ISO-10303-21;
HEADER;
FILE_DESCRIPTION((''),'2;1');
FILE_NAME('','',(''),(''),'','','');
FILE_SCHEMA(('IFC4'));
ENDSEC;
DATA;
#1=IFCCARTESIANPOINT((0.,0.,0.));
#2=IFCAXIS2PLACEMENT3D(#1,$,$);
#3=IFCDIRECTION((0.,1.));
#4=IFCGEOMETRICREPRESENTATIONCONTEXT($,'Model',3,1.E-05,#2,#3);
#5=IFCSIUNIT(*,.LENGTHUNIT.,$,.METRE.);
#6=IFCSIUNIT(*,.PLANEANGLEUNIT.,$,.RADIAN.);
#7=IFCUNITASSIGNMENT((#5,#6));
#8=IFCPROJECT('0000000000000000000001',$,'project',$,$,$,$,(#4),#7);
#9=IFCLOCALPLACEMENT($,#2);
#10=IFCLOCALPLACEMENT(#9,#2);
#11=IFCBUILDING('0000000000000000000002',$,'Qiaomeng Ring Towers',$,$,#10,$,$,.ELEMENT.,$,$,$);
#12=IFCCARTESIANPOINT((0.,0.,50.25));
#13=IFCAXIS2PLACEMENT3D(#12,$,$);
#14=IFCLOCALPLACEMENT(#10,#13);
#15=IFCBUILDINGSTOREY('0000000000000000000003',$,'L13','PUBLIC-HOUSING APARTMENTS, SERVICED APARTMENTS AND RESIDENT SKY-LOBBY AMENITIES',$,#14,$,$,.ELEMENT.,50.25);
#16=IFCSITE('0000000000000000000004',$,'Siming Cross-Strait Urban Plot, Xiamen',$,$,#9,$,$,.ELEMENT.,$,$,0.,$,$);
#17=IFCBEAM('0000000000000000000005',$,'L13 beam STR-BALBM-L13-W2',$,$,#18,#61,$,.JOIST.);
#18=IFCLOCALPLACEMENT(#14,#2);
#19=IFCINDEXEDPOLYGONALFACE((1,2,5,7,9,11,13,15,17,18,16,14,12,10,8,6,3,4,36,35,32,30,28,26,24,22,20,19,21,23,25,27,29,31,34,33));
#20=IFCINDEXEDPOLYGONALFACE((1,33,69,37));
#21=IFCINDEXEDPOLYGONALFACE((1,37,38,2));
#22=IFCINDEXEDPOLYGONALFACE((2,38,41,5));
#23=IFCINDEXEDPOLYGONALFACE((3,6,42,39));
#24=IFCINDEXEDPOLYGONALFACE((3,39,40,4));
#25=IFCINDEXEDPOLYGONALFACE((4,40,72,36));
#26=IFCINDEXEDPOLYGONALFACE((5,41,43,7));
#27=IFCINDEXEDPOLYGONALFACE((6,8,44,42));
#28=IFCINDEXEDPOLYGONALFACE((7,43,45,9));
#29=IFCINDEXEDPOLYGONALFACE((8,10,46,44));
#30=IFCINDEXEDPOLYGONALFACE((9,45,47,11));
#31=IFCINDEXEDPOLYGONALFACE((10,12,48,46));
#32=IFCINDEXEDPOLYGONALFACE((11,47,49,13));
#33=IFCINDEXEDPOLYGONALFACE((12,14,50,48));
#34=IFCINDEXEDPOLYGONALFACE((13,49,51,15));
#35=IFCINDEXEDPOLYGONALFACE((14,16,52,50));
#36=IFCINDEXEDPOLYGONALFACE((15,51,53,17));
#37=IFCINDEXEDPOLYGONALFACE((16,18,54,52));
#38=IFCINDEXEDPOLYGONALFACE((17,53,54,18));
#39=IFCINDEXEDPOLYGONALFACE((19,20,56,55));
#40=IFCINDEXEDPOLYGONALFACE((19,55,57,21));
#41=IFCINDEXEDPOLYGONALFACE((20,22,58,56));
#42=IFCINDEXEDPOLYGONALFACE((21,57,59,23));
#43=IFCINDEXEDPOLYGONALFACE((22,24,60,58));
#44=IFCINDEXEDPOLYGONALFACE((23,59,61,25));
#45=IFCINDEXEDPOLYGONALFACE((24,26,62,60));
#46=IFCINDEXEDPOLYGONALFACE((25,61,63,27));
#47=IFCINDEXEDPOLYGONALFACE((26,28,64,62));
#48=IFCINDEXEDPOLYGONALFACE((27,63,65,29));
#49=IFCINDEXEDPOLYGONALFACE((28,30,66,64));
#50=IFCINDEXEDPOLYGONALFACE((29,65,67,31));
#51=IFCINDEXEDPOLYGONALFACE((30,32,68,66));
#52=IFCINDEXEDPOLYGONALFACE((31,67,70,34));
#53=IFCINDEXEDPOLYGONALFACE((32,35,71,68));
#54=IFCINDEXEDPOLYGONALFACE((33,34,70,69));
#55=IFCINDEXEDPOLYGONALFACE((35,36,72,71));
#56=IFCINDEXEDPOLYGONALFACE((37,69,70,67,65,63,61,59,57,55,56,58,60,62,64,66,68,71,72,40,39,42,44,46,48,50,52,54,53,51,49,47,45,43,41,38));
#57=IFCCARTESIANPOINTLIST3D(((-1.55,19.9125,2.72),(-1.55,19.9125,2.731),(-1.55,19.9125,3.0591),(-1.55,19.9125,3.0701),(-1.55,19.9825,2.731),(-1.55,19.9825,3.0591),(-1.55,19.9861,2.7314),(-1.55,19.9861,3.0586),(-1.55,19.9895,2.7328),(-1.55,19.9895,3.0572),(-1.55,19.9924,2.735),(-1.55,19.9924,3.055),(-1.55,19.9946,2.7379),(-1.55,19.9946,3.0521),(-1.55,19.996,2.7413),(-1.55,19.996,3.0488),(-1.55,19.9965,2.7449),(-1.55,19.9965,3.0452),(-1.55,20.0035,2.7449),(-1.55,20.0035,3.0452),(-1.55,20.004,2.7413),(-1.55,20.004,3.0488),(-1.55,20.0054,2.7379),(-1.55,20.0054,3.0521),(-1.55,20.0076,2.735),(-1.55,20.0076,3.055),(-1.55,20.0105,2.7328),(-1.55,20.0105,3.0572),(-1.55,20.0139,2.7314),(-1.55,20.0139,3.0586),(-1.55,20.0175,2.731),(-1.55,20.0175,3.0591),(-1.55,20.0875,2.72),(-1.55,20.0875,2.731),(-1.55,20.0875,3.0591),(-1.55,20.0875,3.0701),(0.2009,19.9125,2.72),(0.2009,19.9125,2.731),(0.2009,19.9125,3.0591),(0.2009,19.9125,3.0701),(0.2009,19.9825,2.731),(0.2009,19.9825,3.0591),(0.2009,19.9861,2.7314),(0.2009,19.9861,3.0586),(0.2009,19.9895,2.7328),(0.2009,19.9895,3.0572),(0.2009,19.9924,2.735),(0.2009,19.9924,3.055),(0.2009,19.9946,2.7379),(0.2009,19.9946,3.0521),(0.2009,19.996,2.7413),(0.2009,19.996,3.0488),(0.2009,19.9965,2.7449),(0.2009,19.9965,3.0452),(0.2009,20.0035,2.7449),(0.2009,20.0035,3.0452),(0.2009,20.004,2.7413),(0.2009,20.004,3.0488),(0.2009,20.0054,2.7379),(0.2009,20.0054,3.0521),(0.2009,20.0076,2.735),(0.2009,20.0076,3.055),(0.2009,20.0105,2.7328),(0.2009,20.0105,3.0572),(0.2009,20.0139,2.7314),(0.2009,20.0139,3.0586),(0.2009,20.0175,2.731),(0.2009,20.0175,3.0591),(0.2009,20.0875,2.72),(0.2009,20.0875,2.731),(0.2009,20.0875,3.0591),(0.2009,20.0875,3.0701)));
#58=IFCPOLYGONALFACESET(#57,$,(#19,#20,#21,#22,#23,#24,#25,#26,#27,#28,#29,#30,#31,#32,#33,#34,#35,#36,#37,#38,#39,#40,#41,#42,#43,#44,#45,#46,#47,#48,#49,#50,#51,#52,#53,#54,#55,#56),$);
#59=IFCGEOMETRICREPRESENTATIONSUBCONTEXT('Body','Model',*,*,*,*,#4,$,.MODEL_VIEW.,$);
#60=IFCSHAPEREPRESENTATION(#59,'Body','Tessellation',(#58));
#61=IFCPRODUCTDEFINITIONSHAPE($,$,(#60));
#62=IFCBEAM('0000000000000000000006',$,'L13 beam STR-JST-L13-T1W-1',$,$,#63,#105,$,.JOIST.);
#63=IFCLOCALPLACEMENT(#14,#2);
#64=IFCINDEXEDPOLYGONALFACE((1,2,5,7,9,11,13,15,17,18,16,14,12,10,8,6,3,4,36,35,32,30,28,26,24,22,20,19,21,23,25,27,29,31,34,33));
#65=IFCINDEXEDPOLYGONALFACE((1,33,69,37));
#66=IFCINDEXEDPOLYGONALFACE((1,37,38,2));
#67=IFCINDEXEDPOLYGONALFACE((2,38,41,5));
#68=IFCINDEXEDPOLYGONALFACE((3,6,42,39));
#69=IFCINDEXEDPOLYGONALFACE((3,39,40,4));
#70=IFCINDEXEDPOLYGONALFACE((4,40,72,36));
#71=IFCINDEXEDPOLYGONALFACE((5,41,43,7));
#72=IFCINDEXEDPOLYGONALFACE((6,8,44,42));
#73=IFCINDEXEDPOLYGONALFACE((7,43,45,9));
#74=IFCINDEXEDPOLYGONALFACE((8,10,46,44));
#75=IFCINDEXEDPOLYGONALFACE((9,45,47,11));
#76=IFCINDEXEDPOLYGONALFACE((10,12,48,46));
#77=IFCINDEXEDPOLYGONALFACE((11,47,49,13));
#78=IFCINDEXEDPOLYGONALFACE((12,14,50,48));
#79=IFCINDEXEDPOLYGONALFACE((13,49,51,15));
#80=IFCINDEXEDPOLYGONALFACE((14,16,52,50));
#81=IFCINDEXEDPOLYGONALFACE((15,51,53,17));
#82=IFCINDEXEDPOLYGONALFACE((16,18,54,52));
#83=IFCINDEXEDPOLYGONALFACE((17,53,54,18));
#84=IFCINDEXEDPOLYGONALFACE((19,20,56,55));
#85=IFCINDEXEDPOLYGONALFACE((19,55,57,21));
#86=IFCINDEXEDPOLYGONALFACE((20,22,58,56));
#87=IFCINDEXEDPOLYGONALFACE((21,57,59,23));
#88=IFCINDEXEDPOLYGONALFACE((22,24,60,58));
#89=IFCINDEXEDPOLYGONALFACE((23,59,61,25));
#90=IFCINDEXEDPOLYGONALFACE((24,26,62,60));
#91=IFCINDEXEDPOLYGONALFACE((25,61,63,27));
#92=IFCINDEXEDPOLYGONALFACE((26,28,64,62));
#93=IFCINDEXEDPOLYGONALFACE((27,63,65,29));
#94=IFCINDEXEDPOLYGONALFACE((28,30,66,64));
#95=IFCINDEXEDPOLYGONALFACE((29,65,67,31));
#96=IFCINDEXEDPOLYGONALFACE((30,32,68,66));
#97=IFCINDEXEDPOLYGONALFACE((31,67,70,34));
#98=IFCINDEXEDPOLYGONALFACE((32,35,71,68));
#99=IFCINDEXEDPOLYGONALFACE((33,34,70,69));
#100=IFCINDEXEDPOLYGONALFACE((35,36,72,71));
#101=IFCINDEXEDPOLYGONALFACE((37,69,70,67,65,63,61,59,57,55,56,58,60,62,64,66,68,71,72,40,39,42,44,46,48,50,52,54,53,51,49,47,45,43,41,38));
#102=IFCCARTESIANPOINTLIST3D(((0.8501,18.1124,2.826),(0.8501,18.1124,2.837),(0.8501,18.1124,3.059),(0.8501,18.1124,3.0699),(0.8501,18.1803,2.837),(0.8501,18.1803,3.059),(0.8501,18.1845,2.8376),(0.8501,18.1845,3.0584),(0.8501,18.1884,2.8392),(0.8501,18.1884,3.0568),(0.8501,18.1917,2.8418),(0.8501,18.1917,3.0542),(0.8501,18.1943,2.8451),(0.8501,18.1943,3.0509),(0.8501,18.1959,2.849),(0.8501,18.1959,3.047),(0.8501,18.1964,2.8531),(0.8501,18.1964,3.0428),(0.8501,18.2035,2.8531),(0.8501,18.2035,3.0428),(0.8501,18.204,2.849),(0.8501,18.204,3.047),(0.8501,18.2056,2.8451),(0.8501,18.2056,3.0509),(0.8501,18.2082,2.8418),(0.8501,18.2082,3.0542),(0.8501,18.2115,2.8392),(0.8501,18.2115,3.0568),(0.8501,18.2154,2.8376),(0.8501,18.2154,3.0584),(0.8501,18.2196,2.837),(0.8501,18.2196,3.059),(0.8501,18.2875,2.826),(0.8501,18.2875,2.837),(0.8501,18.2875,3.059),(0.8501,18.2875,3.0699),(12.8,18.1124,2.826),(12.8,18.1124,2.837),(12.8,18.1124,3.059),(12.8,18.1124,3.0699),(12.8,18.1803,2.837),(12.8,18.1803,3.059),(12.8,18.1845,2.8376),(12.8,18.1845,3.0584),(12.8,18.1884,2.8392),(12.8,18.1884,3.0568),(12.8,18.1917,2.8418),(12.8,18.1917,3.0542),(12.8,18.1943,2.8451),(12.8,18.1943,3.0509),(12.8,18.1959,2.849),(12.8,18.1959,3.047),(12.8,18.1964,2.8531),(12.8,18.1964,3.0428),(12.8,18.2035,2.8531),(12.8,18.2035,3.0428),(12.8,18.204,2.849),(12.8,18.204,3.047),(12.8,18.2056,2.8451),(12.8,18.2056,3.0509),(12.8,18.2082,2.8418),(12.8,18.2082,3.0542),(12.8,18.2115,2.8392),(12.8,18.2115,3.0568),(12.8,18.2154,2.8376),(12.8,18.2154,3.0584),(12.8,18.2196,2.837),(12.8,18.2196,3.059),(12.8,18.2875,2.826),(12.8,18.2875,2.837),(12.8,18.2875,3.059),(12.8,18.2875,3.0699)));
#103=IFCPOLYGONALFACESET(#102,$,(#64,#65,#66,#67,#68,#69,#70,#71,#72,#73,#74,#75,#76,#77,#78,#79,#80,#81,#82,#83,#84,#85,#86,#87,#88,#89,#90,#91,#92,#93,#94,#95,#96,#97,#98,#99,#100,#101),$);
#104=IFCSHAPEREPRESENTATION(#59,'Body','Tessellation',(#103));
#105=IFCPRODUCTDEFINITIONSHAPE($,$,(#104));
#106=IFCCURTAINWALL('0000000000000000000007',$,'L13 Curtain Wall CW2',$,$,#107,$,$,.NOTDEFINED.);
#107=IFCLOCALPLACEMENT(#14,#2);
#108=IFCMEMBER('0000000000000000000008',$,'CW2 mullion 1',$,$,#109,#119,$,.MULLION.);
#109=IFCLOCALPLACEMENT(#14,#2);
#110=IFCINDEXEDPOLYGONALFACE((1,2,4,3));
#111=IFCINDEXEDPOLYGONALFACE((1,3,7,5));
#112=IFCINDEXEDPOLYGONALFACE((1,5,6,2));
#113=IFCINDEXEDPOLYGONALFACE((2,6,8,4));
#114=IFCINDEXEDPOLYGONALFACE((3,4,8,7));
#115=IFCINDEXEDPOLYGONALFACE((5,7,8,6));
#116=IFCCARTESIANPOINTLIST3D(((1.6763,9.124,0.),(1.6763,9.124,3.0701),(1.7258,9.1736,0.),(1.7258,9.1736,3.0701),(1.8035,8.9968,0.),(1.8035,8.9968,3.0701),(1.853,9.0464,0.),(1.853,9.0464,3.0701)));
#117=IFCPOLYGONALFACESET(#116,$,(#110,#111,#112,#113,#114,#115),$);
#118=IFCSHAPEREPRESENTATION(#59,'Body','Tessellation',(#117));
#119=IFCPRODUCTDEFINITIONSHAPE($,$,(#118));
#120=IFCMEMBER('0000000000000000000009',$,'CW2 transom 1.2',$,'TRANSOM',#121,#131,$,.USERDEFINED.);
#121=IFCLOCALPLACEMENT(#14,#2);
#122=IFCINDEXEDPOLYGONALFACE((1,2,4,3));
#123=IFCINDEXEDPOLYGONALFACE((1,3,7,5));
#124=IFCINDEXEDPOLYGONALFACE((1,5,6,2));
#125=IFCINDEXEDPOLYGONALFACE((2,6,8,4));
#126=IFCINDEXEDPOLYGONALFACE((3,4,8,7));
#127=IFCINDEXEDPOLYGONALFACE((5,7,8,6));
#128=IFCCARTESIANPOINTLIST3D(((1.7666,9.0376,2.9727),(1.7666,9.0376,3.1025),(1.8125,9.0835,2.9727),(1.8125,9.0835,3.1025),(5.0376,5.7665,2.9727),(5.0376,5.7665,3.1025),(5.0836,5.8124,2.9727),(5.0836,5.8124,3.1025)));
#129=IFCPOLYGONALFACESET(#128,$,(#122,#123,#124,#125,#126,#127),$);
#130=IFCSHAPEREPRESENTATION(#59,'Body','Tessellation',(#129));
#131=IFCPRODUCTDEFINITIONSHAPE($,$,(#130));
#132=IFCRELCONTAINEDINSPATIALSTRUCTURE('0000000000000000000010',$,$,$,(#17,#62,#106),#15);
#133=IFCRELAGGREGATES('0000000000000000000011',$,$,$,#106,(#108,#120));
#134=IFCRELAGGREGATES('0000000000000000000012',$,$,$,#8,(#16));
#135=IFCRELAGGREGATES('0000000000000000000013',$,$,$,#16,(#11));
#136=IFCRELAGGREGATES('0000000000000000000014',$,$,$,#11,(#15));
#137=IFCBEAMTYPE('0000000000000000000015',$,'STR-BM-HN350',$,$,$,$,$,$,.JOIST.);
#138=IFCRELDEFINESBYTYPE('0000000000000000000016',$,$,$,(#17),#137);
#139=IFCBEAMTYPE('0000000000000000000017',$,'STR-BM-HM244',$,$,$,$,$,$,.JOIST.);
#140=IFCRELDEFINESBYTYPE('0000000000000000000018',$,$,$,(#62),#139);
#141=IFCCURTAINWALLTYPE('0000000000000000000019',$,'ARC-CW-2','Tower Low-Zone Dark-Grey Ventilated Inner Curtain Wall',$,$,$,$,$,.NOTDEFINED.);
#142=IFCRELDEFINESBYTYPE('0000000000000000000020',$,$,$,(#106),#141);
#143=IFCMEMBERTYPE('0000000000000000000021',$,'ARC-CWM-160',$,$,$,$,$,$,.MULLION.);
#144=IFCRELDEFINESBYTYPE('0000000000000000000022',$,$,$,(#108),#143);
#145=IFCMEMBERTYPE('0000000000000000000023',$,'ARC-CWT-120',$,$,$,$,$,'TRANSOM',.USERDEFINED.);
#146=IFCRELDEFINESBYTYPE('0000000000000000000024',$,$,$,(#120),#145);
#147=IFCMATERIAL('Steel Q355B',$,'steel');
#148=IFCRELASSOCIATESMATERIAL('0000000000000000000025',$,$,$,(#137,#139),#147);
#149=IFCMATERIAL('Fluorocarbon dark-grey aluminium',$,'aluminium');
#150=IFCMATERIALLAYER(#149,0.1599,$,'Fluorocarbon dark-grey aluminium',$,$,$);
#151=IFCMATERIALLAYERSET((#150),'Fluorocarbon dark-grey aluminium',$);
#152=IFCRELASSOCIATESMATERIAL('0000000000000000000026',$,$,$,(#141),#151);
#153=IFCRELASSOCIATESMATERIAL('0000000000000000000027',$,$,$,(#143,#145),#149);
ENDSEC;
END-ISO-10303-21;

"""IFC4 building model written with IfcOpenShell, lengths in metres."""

from ifc_helpers import new_model, si_unit, direction, frame, origin, origin_2d, place, context, subcontext, project, spatial, rectangle, i_section, extrude, source, transform, mapped, material, layer, layer_set, material_profile, profile_set, type_object, element, aggregate, save


model = new_model("IFC4")

# Units and contexts
model_context = context("Model", 3, precision=1e-05, world=origin(), true_north=direction((0.0, 1.0)))
body_context = subcontext(model_context, "Body", "Model", "MODEL_VIEW")
ifc_project = project(units=[si_unit("LENGTHUNIT", "METRE"), si_unit("PLANEANGLEUNIT", "RADIAN")], contexts=[model_context])

# Site, building, storey
site_placement = place(None, origin())
site = spatial("IfcSite", under=ifc_project, at=site_placement, Name="Siming Cross-Strait Urban Plot, Xiamen", CompositionType="ELEMENT", RefElevation=0.0)
building_placement = place(site_placement, origin())
building = spatial("IfcBuilding", under=site, at=building_placement, Name="Qiaomeng Ring Towers", CompositionType="ELEMENT")
storey_placement = place(building_placement, frame((0.0, 0.0, 50.25)))
storey = spatial("IfcBuildingStorey", under=building, at=storey_placement, Name="L13", Description="PUBLIC-HOUSING APARTMENTS, SERVICED APARTMENTS AND RESIDENT SKY-LOBBY AMENITIES", CompositionType="ELEMENT", Elevation=50.25)

# Beams
ifc_material_1 = material(Name="Steel Q355B", Category="steel")
ifc_material_profile_1 = material_profile(ifc_material_1, i_section(OverallWidth=0.175, OverallDepth=0.3501, WebThickness=0.0071, FlangeThickness=0.011, FilletRadius=0.0139, at=origin_2d()), Name="HN 350x175x7x11")
ifc_profile_set_1 = profile_set([ifc_material_profile_1], Name="Steel Q355B")
beam_type_1 = type_object("IfcBeamType", Name="STR-BM-HN350", PredefinedType="JOIST", material=ifc_profile_set_1)
shared_shape_1 = source(origin(), body_context, "Body", "SweptSolid", [
    extrude(i_section(OverallWidth=0.175, OverallDepth=0.3501, WebThickness=0.0071, FlangeThickness=0.011, FilletRadius=0.0139, at=origin_2d()), origin(), (0.0, 0.0, 1.0), 1.751),
])
beam_1_placement = place(storey_placement, frame((-1.55, 20.0, 2.895), z_axis=(1.0, 0.0, 0.0), x_axis=(0.0, 1.0, 0.0)))
element("IfcBeam", 1, at=beam_1_placement, inside=storey, type_object=beam_type_1, Name="L13 beam STR-BALBM-L13-W2", PredefinedType="JOIST", context=body_context, shape_type="MappedRepresentation", body=[
    mapped(shared_shape_1, transform((0.0, 0.0, 0.0), x_axis=(1.0, 0.0, 0.0), y_axis=(0.0, 1.0, 0.0), z_axis=(0.0, 0.0, 1.0), scale=1.0)),
])
ifc_material_profile_2 = material_profile(ifc_material_1, i_section(OverallWidth=0.175, OverallDepth=0.2439, WebThickness=0.0071, FlangeThickness=0.011, FilletRadius=0.0161, at=origin_2d()), Name="HM 244x175x7x11")
ifc_profile_set_2 = profile_set([ifc_material_profile_2], Name="Steel Q355B")
beam_type_2 = type_object("IfcBeamType", Name="STR-BM-HM244", PredefinedType="JOIST", material=ifc_profile_set_2)
shared_shape_2 = source(origin(), body_context, "Body", "SweptSolid", [
    extrude(i_section(OverallWidth=0.175, OverallDepth=0.2439, WebThickness=0.0071, FlangeThickness=0.011, FilletRadius=0.0161, at=origin_2d()), origin(), (0.0, 0.0, 1.0), 11.95),
])
beam_2_placement = place(storey_placement, frame((0.8501, 18.2, 2.948), z_axis=(1.0, 0.0, 0.0), x_axis=(0.0, 1.0, 0.0)))
element("IfcBeam", 2, at=beam_2_placement, inside=storey, type_object=beam_type_2, Name="L13 beam STR-JST-L13-T1W-1", PredefinedType="JOIST", context=body_context, shape_type="MappedRepresentation", body=[
    mapped(shared_shape_2, transform((0.0, 0.0, 0.0), x_axis=(1.0, 0.0, 0.0), y_axis=(0.0, 1.0, 0.0), z_axis=(0.0, 0.0, 1.0), scale=1.0)),
])

# Curtain wall, members
ifc_material_2 = material(Name="Fluorocarbon dark-grey aluminium", Category="aluminium")
ifc_layer_1 = layer(ifc_material_2, 0.1599, Name="Fluorocarbon dark-grey aluminium")
ifc_layer_set_1 = layer_set([ifc_layer_1], Name="Fluorocarbon dark-grey aluminium")
curtain_wall_type = type_object("IfcCurtainWallType", Name="ARC-CW-2", Description="Tower Low-Zone Dark-Grey Ventilated Inner Curtain Wall", PredefinedType="NOTDEFINED", material=ifc_layer_set_1)
curtain_wall_placement = place(storey_placement, origin())
curtain_wall = element("IfcCurtainWall", 3, at=curtain_wall_placement, inside=storey, type_object=curtain_wall_type, Name="L13 Curtain Wall CW2", PredefinedType="NOTDEFINED")
ifc_material_profile_3 = material_profile(ifc_material_2, rectangle(XDim=0.0701, YDim=0.1799, at=origin_2d()), Name="ALU MULL 70x180")
ifc_profile_set_3 = profile_set([ifc_material_profile_3], Name="Fluorocarbon dark-grey aluminium")
member_type_1 = type_object("IfcMemberType", Name="ARC-CWM-160", PredefinedType="MULLION", material=ifc_profile_set_3)
shared_shape_3 = source(origin(), body_context, "Body", "SweptSolid", [
    extrude(rectangle(XDim=0.0701, YDim=0.1799, at=origin_2d()), origin(), (0.0, 0.0, 1.0), 3.0701),
])
member_1_placement = place(storey_placement, frame((1.7646, 9.0852, 0.0), z_axis=(0.0, 0.0, 1.0), x_axis=(0.707107, 0.707107, 0.0)))
member_1 = element("IfcMember", 4, at=member_1_placement, type_object=member_type_1, Name="CW2 mullion 1", PredefinedType="MULLION", context=body_context, shape_type="MappedRepresentation", body=[
    mapped(shared_shape_3, transform((0.0, 0.0, 0.0), x_axis=(1.0, 0.0, 0.0), y_axis=(0.0, 1.0, 0.0), z_axis=(0.0, 0.0, 1.0), scale=1.0)),
])
ifc_material_profile_4 = material_profile(ifc_material_2, rectangle(XDim=0.0649, YDim=0.1299, at=origin_2d()), Name="ALU TRAN 65x130")
ifc_profile_set_4 = profile_set([ifc_material_profile_4], Name="Fluorocarbon dark-grey aluminium")
member_type_2 = type_object("IfcMemberType", Name="ARC-CWT-120", ElementType="TRANSOM", PredefinedType="USERDEFINED", material=ifc_profile_set_4)
shared_shape_4 = source(origin(), body_context, "Body", "SweptSolid", [
    extrude(rectangle(XDim=0.0649, YDim=0.1299, at=origin_2d()), origin(), (0.0, 0.0, 1.0), 4.626),
])
member_2_placement = place(storey_placement, frame((1.7896, 9.0605, 3.0376), z_axis=(0.707107, -0.707107, 0.0), x_axis=(0.707107, 0.707107, 0.0)))
member_2 = element("IfcMember", 5, at=member_2_placement, type_object=member_type_2, Name="CW2 transom 1.2", ObjectType="TRANSOM", PredefinedType="USERDEFINED", context=body_context, shape_type="MappedRepresentation", body=[
    mapped(shared_shape_4, transform((0.0, 0.0, 0.0), x_axis=(1.0, 0.0, 0.0), y_axis=(0.0, 1.0, 0.0), z_axis=(0.0, 0.0, 1.0), scale=1.0)),
])
aggregate(curtain_wall, [member_1, member_2])

save(model, "model.ifc")
